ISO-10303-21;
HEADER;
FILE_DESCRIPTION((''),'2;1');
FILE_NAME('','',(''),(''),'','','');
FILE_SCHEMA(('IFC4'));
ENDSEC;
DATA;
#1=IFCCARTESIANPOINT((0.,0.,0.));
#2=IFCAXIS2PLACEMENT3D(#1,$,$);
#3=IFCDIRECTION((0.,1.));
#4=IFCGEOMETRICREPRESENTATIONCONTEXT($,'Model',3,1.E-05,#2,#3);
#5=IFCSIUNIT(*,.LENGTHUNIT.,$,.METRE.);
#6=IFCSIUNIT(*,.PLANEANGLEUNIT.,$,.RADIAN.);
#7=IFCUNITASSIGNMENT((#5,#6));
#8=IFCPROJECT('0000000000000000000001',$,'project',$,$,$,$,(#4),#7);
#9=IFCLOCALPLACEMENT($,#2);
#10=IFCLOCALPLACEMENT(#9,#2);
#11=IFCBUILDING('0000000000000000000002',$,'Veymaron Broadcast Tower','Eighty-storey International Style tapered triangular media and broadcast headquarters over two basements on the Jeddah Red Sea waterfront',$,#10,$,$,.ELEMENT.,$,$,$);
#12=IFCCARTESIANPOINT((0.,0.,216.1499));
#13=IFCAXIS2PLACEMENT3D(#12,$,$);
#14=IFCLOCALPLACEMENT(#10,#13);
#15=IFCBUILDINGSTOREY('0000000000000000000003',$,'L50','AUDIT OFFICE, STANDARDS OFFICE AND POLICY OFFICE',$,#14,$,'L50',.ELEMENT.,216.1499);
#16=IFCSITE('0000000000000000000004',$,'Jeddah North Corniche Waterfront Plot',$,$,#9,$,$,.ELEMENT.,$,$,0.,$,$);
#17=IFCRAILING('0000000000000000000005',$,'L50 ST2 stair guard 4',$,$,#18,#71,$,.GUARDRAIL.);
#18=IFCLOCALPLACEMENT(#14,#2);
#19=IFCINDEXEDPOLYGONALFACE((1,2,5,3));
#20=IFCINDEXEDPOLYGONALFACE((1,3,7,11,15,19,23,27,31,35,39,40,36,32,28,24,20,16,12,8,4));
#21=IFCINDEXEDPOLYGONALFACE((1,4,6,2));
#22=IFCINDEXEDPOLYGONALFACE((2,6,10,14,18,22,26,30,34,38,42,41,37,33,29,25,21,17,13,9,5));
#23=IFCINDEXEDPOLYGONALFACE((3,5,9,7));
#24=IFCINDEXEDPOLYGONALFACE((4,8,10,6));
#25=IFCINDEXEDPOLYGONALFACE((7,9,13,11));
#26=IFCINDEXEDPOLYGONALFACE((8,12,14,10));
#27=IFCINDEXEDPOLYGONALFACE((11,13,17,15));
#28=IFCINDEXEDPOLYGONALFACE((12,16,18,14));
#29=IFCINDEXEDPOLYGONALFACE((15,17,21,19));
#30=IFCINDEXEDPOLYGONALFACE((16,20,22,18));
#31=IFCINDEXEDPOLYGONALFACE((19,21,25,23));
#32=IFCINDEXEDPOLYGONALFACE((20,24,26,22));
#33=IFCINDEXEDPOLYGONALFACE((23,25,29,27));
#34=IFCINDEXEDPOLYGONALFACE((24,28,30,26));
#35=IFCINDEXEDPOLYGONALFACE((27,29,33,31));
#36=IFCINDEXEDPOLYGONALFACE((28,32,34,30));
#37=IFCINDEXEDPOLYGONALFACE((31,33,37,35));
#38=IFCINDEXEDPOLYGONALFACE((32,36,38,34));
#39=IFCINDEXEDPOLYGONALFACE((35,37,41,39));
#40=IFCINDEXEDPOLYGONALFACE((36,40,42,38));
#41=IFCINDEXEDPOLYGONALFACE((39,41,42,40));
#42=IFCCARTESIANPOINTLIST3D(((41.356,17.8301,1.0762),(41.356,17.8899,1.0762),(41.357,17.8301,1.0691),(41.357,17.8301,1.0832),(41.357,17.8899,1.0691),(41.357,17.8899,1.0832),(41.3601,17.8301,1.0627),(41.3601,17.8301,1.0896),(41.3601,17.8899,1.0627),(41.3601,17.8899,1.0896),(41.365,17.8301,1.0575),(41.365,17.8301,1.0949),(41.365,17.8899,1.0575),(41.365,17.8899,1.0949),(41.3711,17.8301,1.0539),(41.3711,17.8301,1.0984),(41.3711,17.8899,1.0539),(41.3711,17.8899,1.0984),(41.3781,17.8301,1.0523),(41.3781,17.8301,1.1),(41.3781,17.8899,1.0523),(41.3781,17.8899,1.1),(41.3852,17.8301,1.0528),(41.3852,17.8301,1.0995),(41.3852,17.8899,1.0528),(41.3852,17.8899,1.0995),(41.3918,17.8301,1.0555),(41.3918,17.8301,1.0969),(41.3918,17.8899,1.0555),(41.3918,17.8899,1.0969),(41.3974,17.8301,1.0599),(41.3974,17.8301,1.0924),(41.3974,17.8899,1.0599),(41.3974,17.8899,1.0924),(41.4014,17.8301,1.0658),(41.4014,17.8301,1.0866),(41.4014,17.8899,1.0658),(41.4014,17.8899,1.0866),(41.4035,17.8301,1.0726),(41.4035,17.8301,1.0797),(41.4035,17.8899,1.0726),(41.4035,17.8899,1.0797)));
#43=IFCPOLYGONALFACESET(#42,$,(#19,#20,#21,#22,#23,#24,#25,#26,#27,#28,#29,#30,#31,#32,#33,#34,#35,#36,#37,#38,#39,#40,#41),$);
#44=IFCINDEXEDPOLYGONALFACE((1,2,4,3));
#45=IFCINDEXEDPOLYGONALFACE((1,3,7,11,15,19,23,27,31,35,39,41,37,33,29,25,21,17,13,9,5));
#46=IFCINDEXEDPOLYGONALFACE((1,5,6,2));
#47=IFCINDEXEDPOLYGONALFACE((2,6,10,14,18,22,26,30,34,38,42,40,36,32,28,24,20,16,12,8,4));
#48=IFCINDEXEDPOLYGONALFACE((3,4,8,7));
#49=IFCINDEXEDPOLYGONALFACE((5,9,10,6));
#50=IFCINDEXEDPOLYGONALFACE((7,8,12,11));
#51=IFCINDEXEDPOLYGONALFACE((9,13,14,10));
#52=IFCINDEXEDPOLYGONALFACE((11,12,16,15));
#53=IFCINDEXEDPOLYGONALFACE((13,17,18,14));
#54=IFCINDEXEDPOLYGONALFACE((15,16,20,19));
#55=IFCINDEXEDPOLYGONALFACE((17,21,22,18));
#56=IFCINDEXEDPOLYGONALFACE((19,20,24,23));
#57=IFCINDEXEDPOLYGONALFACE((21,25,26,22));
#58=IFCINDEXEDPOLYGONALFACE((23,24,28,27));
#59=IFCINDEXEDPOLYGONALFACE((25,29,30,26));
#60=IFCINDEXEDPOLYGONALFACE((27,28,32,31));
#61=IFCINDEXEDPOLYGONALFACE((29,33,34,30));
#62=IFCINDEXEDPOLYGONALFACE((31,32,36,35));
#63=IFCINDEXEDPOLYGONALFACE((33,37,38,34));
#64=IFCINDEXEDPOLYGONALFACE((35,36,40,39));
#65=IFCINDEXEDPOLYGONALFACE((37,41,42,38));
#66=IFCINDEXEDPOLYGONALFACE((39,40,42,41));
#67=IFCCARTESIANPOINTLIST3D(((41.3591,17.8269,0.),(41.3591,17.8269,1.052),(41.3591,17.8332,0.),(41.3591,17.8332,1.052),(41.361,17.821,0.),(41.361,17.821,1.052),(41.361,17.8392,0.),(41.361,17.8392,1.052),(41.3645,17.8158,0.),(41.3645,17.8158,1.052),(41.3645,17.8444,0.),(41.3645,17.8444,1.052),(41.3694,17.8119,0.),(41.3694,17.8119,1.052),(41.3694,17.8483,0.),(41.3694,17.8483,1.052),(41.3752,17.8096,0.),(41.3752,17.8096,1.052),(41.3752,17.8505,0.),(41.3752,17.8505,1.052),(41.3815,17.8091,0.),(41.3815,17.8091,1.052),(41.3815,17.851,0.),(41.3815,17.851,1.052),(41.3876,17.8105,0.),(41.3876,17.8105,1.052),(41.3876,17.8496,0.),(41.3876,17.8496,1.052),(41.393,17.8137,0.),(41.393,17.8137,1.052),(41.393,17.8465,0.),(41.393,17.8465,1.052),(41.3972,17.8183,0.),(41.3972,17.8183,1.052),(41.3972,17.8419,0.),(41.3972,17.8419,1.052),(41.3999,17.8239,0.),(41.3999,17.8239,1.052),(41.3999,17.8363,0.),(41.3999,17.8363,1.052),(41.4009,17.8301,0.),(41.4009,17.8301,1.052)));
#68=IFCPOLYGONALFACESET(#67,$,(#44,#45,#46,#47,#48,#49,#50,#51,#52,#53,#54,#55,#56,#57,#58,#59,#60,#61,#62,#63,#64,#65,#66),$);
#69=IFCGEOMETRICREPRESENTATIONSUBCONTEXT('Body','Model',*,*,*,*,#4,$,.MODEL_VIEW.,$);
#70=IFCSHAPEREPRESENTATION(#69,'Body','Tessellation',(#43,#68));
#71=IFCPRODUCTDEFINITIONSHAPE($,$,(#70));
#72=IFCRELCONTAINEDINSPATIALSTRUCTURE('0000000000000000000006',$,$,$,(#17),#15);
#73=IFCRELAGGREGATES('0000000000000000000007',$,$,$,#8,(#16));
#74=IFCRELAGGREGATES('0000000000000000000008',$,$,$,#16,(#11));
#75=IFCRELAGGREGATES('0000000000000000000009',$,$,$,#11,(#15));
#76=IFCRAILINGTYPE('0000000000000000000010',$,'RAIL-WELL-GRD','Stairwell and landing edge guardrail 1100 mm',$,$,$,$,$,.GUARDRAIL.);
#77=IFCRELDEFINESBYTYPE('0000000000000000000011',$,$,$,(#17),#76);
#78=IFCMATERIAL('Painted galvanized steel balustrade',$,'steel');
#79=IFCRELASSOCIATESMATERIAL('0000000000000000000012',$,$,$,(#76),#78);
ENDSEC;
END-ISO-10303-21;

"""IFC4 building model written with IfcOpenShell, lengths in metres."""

from ifc_helpers import new_model, si_unit, direction, frame, origin, origin_2d, place, context, subcontext, project, spatial, circle, extrude, material, type_object, element, save


model = new_model("IFC4")

# Units and contexts
model_context = context("Model", 3, precision=1e-05, world=origin(), true_north=direction((0.0, 1.0)))
body_context = subcontext(model_context, "Body", "Model", "MODEL_VIEW")
ifc_project = project(units=[si_unit("LENGTHUNIT", "METRE"), si_unit("PLANEANGLEUNIT", "RADIAN")], contexts=[model_context])

# Site, building, storey
site_placement = place(None, origin())
site = spatial("IfcSite", under=ifc_project, at=site_placement, Name="Jeddah North Corniche Waterfront Plot", CompositionType="ELEMENT", RefElevation=0.0)
building_placement = place(site_placement, origin())
building = spatial("IfcBuilding", under=site, at=building_placement, Name="Veymaron Broadcast Tower", Description="Eighty-storey International Style tapered triangular media and broadcast headquarters over two basements on the Jeddah Red Sea waterfront", CompositionType="ELEMENT")
storey_placement = place(building_placement, frame((0.0, 0.0, 216.1499)))
storey = spatial("IfcBuildingStorey", under=building, at=storey_placement, Name="L50", Description="AUDIT OFFICE, STANDARDS OFFICE AND POLICY OFFICE", LongName="L50", CompositionType="ELEMENT", Elevation=216.1499)

# Railing
ifc_material_1 = material(Name="Painted galvanized steel balustrade", Category="steel")
railing_type_1 = type_object("IfcRailingType", Name="RAIL-WELL-GRD", Description="Stairwell and landing edge guardrail 1100 mm", PredefinedType="GUARDRAIL", material=ifc_material_1)
railing_1_placement = place(storey_placement, frame((41.3799, 17.8301, 0.0)))
element("IfcRailing", 1, at=railing_1_placement, inside=storey, type_object=railing_type_1, Name="L50 ST2 stair guard 4", PredefinedType="GUARDRAIL", context=body_context, shape_type="SweptSolid", body=[
    extrude(circle(Radius=0.0239, at=origin_2d()), frame((0.0, 0.0, 1.0762), z_axis=(0.0, 1.0, 0.0), x_axis=(-1.0, 0.0, 0.0)), (0.0, 0.0, 1.0), 0.0598),
    extrude(circle(Radius=0.021, at=origin_2d()), origin(), (0.0, 0.0, 1.0), 1.052),
])

save(model, "model.ifc")
